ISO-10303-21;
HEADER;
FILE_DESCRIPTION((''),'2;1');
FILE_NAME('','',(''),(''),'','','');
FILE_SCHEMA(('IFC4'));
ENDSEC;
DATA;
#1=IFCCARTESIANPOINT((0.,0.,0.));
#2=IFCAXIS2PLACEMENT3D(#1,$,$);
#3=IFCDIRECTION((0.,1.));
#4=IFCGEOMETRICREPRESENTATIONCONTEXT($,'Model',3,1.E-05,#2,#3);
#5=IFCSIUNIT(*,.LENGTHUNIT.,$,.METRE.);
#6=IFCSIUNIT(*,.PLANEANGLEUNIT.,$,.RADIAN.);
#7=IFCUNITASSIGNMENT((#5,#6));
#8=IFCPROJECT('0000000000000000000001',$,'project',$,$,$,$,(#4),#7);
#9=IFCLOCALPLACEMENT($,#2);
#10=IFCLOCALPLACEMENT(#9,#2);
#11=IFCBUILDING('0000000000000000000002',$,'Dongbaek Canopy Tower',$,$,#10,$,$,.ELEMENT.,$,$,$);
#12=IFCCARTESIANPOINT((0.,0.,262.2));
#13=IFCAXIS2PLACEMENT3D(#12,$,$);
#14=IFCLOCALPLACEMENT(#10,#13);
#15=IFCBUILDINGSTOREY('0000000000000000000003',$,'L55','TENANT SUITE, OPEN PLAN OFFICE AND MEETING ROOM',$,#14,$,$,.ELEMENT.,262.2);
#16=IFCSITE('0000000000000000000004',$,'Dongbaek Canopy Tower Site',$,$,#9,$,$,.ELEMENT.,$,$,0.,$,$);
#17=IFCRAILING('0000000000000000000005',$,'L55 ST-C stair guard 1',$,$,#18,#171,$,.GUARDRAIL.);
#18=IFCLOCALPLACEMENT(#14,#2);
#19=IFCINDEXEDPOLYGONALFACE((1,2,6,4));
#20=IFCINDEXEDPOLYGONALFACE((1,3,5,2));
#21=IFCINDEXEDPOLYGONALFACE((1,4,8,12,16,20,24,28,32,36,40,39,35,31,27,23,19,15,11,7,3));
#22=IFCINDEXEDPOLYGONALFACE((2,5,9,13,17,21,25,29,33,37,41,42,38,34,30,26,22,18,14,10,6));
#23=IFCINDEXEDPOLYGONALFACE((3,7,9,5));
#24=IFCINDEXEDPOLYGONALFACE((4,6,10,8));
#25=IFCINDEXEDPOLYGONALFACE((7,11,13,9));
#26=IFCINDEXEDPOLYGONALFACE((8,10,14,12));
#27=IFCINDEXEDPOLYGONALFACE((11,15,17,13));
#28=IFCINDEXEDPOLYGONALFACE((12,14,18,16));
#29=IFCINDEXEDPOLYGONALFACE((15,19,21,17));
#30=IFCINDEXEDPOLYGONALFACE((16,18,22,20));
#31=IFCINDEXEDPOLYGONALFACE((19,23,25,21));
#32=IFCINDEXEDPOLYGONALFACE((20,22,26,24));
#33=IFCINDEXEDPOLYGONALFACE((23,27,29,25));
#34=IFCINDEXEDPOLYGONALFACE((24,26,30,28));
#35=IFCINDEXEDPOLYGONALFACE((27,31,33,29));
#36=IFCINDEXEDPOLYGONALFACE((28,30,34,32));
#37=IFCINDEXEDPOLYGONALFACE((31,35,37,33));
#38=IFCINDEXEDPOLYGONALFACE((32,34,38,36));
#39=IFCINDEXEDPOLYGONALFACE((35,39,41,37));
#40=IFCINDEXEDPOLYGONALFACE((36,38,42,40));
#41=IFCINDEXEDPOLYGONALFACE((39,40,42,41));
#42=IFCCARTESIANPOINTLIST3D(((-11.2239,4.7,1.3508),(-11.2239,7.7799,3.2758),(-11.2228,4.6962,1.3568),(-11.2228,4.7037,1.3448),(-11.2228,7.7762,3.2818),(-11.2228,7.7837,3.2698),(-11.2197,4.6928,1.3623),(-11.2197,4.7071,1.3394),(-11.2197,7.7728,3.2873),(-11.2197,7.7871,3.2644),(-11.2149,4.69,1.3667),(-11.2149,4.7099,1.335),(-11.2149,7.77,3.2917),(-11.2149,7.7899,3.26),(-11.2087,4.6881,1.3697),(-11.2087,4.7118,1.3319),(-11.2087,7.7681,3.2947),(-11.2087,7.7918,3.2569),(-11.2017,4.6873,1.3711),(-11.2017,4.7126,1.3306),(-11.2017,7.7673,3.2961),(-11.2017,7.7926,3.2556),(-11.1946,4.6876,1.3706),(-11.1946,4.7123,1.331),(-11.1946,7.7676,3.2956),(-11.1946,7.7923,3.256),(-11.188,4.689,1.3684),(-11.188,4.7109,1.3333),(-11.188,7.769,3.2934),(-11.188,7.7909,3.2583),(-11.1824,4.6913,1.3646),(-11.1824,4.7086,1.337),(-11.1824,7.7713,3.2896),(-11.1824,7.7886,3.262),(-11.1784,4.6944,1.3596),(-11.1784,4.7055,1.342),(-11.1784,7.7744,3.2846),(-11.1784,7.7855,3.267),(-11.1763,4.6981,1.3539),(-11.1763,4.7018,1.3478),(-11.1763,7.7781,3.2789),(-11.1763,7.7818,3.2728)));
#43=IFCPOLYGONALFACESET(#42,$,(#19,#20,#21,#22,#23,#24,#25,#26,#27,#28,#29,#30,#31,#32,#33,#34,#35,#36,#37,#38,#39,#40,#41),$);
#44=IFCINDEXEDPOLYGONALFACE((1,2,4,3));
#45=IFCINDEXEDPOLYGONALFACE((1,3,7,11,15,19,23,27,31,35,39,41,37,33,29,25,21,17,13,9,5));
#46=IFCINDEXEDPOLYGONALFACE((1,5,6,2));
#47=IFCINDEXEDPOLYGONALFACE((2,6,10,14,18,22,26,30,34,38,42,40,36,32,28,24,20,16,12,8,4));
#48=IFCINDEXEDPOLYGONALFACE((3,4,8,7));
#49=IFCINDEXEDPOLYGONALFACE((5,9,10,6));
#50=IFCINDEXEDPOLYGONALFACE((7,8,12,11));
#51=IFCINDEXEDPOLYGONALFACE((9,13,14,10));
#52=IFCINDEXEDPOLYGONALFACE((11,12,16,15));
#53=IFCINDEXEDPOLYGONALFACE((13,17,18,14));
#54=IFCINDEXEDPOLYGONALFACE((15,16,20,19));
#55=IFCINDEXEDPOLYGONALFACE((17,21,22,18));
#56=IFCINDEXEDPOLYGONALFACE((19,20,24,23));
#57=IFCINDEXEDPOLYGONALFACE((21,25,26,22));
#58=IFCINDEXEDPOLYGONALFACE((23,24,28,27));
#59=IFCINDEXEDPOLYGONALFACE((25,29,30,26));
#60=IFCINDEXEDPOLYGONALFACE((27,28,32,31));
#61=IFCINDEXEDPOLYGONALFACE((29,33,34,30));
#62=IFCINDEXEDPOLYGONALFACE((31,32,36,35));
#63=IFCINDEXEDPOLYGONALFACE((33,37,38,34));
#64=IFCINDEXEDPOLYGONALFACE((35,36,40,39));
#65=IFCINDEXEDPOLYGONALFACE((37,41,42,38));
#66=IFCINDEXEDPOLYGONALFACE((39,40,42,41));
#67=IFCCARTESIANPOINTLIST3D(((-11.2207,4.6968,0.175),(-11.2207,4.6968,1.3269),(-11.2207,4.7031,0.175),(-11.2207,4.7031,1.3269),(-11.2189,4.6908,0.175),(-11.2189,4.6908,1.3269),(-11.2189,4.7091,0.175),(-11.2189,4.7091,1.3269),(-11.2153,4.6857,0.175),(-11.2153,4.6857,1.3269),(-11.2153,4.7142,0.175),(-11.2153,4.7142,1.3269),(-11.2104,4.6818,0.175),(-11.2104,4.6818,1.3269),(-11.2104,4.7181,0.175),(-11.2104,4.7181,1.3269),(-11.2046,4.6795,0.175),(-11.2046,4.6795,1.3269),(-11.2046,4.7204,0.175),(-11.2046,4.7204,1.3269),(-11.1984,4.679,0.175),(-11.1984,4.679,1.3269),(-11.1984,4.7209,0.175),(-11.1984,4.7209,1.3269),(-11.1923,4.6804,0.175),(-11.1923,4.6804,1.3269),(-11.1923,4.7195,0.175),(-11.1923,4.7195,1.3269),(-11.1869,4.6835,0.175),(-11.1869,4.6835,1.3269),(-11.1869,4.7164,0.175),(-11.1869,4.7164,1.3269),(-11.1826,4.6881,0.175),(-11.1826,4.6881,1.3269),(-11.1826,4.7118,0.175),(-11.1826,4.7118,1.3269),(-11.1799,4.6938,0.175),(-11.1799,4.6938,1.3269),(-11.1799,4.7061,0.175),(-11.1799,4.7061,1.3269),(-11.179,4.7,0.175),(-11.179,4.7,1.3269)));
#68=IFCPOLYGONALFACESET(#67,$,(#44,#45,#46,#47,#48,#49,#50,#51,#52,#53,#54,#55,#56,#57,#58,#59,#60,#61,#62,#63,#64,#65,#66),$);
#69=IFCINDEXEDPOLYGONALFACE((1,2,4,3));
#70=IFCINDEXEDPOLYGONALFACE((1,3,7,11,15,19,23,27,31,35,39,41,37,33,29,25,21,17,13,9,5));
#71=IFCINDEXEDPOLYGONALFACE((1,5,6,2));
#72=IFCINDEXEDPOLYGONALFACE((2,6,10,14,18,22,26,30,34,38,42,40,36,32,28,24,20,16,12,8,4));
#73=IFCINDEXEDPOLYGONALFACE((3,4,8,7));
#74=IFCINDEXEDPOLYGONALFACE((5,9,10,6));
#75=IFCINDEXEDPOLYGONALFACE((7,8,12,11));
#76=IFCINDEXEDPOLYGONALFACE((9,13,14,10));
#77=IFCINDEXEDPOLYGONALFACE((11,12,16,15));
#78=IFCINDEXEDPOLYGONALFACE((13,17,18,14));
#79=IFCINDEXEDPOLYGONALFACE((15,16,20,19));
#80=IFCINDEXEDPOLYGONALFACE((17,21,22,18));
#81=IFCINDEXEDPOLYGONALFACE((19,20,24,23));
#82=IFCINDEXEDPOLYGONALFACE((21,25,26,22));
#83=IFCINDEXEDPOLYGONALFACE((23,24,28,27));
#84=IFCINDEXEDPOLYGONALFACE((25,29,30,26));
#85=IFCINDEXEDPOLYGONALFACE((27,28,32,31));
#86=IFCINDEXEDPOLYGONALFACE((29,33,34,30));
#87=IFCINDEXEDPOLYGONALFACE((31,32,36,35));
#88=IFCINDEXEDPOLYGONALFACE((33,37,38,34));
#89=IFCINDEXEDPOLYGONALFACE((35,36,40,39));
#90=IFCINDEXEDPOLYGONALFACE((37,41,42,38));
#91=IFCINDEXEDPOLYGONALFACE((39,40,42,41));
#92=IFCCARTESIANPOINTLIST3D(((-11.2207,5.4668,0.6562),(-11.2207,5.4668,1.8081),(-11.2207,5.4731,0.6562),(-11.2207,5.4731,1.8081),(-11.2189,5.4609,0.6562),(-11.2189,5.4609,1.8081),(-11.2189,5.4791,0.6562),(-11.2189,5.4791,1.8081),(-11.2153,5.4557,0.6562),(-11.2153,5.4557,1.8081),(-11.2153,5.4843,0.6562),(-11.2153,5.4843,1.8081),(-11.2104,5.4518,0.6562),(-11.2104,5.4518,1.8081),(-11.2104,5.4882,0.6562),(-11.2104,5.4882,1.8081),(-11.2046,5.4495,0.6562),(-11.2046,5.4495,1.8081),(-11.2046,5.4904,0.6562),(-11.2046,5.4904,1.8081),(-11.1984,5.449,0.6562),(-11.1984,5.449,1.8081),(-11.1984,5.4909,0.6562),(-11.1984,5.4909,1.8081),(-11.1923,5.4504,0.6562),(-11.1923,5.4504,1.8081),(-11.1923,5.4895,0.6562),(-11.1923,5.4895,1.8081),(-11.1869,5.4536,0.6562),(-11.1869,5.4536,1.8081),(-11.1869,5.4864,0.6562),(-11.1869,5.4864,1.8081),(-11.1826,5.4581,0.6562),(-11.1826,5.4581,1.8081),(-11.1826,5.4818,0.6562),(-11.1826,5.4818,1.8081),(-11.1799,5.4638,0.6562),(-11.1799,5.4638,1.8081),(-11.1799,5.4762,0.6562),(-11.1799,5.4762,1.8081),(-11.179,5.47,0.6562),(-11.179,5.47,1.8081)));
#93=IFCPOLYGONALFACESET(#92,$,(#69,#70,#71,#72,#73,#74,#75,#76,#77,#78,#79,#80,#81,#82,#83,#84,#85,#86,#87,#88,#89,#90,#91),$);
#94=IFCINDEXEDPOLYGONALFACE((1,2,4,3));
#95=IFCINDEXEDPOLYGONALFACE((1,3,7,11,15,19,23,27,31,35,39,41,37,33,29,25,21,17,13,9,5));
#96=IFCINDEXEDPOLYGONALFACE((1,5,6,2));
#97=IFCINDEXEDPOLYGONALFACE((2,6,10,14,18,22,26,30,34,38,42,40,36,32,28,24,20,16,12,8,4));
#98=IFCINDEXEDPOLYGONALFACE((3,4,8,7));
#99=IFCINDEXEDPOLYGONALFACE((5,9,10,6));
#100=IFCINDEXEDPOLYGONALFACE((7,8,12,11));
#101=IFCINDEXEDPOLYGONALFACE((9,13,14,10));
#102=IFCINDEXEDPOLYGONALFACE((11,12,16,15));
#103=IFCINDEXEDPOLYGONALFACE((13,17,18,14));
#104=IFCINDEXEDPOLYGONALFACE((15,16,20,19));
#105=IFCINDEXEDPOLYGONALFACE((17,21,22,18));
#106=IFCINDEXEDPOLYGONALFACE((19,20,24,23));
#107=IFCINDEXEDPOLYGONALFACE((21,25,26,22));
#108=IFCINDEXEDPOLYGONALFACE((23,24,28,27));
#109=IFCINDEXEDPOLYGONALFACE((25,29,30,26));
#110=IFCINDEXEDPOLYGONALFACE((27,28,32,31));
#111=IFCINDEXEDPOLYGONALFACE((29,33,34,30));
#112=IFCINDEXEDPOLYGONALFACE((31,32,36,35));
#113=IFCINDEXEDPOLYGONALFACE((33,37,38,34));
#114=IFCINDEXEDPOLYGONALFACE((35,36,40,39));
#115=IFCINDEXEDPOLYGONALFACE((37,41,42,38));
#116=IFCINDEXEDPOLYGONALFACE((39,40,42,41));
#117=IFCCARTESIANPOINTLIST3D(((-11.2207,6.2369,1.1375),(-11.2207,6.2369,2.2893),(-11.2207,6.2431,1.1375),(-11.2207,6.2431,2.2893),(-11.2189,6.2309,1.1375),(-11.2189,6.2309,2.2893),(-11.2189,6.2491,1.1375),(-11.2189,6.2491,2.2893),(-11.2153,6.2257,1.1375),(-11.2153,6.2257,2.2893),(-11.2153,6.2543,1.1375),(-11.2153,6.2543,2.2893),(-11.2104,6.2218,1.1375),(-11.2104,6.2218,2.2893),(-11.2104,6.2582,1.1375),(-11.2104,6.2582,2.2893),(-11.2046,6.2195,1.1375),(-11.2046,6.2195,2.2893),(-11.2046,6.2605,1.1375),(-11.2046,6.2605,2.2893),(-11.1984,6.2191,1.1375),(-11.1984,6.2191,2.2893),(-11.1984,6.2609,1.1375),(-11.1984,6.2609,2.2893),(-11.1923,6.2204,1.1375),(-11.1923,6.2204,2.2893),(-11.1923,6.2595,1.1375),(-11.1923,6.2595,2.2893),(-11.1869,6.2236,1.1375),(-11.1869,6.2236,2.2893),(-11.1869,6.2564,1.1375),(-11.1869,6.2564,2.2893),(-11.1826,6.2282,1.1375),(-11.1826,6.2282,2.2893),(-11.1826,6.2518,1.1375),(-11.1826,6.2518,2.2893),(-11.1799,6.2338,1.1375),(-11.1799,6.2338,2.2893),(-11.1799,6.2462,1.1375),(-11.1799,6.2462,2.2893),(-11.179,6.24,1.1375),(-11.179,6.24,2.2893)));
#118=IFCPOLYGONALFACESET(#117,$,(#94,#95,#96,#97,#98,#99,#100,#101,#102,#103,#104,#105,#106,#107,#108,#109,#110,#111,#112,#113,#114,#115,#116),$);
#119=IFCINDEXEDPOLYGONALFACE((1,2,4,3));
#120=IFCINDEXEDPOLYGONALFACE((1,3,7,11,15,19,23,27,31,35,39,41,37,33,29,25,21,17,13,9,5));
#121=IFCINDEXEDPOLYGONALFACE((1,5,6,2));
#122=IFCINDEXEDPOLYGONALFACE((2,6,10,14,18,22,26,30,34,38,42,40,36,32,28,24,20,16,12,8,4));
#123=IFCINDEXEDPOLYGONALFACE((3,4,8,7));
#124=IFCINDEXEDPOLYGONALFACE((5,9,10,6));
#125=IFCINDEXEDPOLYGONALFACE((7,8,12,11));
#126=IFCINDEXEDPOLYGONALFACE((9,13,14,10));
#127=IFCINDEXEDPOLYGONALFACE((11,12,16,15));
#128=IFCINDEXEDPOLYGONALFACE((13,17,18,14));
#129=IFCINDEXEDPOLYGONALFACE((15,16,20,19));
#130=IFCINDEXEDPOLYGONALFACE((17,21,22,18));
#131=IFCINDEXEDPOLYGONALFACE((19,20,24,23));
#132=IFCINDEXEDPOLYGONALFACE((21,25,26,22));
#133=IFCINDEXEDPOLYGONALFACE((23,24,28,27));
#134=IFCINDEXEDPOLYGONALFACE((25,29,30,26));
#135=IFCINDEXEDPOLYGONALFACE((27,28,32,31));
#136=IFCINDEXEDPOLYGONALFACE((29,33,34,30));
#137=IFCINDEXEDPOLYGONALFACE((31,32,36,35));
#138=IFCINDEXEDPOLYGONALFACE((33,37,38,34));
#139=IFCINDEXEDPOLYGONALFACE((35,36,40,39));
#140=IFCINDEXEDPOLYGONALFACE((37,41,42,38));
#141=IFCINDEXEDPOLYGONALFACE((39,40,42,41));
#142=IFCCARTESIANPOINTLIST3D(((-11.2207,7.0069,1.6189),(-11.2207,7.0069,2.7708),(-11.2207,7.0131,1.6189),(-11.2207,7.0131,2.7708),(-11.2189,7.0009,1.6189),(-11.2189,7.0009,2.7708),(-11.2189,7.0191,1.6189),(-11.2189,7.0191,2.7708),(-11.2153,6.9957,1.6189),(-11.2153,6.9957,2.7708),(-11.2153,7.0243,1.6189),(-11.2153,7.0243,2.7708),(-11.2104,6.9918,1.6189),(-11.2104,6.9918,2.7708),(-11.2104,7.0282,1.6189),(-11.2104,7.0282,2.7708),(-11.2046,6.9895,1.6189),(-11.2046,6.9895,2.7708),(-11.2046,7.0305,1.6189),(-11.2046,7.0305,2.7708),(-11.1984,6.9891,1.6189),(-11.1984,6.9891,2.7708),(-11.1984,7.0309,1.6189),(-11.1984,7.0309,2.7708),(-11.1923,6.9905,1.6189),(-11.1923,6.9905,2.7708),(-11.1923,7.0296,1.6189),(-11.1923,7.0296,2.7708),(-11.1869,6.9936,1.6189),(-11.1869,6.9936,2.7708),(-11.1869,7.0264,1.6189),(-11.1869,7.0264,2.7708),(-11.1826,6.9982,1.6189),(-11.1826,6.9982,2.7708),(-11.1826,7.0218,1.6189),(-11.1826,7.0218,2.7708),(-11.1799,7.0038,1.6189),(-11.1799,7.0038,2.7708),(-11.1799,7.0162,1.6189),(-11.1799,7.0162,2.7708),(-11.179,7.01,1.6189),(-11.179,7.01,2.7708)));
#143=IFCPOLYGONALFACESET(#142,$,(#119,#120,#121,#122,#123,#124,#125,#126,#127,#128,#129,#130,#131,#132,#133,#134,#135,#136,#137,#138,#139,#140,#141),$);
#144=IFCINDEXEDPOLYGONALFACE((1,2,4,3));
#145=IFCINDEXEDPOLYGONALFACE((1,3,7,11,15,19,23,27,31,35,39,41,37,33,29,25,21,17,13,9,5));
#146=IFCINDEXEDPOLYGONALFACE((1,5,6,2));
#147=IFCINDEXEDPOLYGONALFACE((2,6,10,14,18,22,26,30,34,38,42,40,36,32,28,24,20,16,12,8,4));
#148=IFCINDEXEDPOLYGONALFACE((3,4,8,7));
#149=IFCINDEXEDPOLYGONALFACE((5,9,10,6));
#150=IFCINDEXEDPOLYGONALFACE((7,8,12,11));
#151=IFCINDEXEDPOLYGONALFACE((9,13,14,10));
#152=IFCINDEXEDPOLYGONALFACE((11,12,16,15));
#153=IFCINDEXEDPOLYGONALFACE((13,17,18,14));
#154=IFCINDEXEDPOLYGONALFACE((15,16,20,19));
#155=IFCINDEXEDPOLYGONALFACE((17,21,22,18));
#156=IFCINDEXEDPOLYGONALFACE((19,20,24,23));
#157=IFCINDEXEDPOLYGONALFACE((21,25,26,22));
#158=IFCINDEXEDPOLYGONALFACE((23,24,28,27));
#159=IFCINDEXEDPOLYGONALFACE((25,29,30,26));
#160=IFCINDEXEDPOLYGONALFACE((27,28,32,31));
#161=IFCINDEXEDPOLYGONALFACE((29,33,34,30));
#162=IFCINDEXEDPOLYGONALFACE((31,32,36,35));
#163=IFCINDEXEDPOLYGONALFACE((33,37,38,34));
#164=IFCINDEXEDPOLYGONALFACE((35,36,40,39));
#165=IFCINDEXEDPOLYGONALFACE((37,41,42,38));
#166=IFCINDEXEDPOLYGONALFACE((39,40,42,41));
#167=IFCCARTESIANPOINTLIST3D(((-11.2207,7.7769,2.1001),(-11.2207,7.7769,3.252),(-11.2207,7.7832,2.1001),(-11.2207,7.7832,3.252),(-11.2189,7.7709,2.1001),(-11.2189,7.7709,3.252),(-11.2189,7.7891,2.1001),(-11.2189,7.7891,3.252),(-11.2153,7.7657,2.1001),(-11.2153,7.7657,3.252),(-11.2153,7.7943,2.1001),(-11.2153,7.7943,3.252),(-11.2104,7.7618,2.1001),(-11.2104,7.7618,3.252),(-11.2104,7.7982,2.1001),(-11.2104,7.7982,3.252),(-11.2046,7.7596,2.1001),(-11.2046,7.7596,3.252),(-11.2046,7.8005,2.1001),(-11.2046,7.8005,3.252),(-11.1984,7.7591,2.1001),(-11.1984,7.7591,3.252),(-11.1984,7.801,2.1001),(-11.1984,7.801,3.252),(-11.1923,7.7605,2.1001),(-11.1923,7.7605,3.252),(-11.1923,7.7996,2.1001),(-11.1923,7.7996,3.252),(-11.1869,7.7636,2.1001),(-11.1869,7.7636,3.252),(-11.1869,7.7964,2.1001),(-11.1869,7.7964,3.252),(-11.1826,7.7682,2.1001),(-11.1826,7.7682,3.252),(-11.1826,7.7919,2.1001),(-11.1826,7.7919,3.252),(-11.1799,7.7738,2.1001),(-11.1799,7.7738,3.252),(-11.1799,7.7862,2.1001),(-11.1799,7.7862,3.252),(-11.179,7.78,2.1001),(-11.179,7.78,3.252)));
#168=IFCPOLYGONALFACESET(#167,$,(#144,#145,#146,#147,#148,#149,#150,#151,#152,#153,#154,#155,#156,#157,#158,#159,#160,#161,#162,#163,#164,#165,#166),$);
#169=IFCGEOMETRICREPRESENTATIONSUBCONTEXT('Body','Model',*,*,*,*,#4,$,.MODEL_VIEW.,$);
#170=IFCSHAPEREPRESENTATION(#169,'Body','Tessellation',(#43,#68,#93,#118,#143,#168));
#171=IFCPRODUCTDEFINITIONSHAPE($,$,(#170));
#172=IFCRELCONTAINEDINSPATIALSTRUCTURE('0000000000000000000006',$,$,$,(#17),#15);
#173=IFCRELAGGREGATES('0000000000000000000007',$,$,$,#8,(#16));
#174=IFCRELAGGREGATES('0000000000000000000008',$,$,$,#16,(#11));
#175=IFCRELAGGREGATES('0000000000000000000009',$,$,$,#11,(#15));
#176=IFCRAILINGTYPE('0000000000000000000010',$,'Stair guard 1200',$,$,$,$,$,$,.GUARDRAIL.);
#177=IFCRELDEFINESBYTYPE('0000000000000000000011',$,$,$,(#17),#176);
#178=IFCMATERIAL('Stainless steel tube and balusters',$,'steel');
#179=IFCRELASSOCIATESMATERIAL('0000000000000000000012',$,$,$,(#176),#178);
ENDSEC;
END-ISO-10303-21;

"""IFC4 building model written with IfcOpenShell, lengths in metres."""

from ifc_helpers import new_model, si_unit, direction, frame, origin, origin_2d, place, context, subcontext, project, spatial, circle, extrude, material, type_object, element, save


model = new_model("IFC4")

# Units and contexts
model_context = context("Model", 3, precision=1e-05, world=origin(), true_north=direction((0.0, 1.0)))
body_context = subcontext(model_context, "Body", "Model", "MODEL_VIEW")
ifc_project = project(units=[si_unit("LENGTHUNIT", "METRE"), si_unit("PLANEANGLEUNIT", "RADIAN")], contexts=[model_context])

# Site, building, storey
site_placement = place(None, origin())
site = spatial("IfcSite", under=ifc_project, at=site_placement, Name="Dongbaek Canopy Tower Site", CompositionType="ELEMENT", RefElevation=0.0)
building_placement = place(site_placement, origin())
building = spatial("IfcBuilding", under=site, at=building_placement, Name="Dongbaek Canopy Tower", CompositionType="ELEMENT")
storey_placement = place(building_placement, frame((0.0, 0.0, 262.2)))
storey = spatial("IfcBuildingStorey", under=building, at=storey_placement, Name="L55", Description="TENANT SUITE, OPEN PLAN OFFICE AND MEETING ROOM", CompositionType="ELEMENT", Elevation=262.2)

# Railing
ifc_material_1 = material(Name="Stainless steel tube and balusters", Category="steel")
railing_type_1 = type_object("IfcRailingType", Name="Stair guard 1200", PredefinedType="GUARDRAIL", material=ifc_material_1)
railing_1_placement = place(storey_placement, frame((-11.2, 4.7, 0.175)))
element("IfcRailing", 1, at=railing_1_placement, inside=storey, type_object=railing_type_1, Name="L55 ST-C stair guard 1", PredefinedType="GUARDRAIL", context=body_context, shape_type="SweptSolid", body=[
    extrude(circle(Radius=0.0239, at=origin_2d()), frame((0.0, 0.0, 1.1758), z_axis=(0.0, 0.847998, 0.529999), x_axis=(-1.0, 0.0, 0.0)), (0.0, 0.0, 1.0), 3.6321),
    extrude(circle(Radius=0.021, at=origin_2d()), origin(), (0.0, 0.0, 1.0), 1.1519),
    extrude(circle(Radius=0.021, at=origin_2d()), frame((0.0, 0.77, 0.4812)), (0.0, 0.0, 1.0), 1.1519),
    extrude(circle(Radius=0.021, at=origin_2d()), frame((0.0, 1.54, 0.9624)), (0.0, 0.0, 1.0), 1.1519),
    extrude(circle(Radius=0.021, at=origin_2d()), frame((0.0, 2.3101, 1.4438)), (0.0, 0.0, 1.0), 1.1519),
    extrude(circle(Radius=0.021, at=origin_2d()), frame((0.0, 3.0801, 1.925)), (0.0, 0.0, 1.0), 1.1519),
])

save(model, "model.ifc")
